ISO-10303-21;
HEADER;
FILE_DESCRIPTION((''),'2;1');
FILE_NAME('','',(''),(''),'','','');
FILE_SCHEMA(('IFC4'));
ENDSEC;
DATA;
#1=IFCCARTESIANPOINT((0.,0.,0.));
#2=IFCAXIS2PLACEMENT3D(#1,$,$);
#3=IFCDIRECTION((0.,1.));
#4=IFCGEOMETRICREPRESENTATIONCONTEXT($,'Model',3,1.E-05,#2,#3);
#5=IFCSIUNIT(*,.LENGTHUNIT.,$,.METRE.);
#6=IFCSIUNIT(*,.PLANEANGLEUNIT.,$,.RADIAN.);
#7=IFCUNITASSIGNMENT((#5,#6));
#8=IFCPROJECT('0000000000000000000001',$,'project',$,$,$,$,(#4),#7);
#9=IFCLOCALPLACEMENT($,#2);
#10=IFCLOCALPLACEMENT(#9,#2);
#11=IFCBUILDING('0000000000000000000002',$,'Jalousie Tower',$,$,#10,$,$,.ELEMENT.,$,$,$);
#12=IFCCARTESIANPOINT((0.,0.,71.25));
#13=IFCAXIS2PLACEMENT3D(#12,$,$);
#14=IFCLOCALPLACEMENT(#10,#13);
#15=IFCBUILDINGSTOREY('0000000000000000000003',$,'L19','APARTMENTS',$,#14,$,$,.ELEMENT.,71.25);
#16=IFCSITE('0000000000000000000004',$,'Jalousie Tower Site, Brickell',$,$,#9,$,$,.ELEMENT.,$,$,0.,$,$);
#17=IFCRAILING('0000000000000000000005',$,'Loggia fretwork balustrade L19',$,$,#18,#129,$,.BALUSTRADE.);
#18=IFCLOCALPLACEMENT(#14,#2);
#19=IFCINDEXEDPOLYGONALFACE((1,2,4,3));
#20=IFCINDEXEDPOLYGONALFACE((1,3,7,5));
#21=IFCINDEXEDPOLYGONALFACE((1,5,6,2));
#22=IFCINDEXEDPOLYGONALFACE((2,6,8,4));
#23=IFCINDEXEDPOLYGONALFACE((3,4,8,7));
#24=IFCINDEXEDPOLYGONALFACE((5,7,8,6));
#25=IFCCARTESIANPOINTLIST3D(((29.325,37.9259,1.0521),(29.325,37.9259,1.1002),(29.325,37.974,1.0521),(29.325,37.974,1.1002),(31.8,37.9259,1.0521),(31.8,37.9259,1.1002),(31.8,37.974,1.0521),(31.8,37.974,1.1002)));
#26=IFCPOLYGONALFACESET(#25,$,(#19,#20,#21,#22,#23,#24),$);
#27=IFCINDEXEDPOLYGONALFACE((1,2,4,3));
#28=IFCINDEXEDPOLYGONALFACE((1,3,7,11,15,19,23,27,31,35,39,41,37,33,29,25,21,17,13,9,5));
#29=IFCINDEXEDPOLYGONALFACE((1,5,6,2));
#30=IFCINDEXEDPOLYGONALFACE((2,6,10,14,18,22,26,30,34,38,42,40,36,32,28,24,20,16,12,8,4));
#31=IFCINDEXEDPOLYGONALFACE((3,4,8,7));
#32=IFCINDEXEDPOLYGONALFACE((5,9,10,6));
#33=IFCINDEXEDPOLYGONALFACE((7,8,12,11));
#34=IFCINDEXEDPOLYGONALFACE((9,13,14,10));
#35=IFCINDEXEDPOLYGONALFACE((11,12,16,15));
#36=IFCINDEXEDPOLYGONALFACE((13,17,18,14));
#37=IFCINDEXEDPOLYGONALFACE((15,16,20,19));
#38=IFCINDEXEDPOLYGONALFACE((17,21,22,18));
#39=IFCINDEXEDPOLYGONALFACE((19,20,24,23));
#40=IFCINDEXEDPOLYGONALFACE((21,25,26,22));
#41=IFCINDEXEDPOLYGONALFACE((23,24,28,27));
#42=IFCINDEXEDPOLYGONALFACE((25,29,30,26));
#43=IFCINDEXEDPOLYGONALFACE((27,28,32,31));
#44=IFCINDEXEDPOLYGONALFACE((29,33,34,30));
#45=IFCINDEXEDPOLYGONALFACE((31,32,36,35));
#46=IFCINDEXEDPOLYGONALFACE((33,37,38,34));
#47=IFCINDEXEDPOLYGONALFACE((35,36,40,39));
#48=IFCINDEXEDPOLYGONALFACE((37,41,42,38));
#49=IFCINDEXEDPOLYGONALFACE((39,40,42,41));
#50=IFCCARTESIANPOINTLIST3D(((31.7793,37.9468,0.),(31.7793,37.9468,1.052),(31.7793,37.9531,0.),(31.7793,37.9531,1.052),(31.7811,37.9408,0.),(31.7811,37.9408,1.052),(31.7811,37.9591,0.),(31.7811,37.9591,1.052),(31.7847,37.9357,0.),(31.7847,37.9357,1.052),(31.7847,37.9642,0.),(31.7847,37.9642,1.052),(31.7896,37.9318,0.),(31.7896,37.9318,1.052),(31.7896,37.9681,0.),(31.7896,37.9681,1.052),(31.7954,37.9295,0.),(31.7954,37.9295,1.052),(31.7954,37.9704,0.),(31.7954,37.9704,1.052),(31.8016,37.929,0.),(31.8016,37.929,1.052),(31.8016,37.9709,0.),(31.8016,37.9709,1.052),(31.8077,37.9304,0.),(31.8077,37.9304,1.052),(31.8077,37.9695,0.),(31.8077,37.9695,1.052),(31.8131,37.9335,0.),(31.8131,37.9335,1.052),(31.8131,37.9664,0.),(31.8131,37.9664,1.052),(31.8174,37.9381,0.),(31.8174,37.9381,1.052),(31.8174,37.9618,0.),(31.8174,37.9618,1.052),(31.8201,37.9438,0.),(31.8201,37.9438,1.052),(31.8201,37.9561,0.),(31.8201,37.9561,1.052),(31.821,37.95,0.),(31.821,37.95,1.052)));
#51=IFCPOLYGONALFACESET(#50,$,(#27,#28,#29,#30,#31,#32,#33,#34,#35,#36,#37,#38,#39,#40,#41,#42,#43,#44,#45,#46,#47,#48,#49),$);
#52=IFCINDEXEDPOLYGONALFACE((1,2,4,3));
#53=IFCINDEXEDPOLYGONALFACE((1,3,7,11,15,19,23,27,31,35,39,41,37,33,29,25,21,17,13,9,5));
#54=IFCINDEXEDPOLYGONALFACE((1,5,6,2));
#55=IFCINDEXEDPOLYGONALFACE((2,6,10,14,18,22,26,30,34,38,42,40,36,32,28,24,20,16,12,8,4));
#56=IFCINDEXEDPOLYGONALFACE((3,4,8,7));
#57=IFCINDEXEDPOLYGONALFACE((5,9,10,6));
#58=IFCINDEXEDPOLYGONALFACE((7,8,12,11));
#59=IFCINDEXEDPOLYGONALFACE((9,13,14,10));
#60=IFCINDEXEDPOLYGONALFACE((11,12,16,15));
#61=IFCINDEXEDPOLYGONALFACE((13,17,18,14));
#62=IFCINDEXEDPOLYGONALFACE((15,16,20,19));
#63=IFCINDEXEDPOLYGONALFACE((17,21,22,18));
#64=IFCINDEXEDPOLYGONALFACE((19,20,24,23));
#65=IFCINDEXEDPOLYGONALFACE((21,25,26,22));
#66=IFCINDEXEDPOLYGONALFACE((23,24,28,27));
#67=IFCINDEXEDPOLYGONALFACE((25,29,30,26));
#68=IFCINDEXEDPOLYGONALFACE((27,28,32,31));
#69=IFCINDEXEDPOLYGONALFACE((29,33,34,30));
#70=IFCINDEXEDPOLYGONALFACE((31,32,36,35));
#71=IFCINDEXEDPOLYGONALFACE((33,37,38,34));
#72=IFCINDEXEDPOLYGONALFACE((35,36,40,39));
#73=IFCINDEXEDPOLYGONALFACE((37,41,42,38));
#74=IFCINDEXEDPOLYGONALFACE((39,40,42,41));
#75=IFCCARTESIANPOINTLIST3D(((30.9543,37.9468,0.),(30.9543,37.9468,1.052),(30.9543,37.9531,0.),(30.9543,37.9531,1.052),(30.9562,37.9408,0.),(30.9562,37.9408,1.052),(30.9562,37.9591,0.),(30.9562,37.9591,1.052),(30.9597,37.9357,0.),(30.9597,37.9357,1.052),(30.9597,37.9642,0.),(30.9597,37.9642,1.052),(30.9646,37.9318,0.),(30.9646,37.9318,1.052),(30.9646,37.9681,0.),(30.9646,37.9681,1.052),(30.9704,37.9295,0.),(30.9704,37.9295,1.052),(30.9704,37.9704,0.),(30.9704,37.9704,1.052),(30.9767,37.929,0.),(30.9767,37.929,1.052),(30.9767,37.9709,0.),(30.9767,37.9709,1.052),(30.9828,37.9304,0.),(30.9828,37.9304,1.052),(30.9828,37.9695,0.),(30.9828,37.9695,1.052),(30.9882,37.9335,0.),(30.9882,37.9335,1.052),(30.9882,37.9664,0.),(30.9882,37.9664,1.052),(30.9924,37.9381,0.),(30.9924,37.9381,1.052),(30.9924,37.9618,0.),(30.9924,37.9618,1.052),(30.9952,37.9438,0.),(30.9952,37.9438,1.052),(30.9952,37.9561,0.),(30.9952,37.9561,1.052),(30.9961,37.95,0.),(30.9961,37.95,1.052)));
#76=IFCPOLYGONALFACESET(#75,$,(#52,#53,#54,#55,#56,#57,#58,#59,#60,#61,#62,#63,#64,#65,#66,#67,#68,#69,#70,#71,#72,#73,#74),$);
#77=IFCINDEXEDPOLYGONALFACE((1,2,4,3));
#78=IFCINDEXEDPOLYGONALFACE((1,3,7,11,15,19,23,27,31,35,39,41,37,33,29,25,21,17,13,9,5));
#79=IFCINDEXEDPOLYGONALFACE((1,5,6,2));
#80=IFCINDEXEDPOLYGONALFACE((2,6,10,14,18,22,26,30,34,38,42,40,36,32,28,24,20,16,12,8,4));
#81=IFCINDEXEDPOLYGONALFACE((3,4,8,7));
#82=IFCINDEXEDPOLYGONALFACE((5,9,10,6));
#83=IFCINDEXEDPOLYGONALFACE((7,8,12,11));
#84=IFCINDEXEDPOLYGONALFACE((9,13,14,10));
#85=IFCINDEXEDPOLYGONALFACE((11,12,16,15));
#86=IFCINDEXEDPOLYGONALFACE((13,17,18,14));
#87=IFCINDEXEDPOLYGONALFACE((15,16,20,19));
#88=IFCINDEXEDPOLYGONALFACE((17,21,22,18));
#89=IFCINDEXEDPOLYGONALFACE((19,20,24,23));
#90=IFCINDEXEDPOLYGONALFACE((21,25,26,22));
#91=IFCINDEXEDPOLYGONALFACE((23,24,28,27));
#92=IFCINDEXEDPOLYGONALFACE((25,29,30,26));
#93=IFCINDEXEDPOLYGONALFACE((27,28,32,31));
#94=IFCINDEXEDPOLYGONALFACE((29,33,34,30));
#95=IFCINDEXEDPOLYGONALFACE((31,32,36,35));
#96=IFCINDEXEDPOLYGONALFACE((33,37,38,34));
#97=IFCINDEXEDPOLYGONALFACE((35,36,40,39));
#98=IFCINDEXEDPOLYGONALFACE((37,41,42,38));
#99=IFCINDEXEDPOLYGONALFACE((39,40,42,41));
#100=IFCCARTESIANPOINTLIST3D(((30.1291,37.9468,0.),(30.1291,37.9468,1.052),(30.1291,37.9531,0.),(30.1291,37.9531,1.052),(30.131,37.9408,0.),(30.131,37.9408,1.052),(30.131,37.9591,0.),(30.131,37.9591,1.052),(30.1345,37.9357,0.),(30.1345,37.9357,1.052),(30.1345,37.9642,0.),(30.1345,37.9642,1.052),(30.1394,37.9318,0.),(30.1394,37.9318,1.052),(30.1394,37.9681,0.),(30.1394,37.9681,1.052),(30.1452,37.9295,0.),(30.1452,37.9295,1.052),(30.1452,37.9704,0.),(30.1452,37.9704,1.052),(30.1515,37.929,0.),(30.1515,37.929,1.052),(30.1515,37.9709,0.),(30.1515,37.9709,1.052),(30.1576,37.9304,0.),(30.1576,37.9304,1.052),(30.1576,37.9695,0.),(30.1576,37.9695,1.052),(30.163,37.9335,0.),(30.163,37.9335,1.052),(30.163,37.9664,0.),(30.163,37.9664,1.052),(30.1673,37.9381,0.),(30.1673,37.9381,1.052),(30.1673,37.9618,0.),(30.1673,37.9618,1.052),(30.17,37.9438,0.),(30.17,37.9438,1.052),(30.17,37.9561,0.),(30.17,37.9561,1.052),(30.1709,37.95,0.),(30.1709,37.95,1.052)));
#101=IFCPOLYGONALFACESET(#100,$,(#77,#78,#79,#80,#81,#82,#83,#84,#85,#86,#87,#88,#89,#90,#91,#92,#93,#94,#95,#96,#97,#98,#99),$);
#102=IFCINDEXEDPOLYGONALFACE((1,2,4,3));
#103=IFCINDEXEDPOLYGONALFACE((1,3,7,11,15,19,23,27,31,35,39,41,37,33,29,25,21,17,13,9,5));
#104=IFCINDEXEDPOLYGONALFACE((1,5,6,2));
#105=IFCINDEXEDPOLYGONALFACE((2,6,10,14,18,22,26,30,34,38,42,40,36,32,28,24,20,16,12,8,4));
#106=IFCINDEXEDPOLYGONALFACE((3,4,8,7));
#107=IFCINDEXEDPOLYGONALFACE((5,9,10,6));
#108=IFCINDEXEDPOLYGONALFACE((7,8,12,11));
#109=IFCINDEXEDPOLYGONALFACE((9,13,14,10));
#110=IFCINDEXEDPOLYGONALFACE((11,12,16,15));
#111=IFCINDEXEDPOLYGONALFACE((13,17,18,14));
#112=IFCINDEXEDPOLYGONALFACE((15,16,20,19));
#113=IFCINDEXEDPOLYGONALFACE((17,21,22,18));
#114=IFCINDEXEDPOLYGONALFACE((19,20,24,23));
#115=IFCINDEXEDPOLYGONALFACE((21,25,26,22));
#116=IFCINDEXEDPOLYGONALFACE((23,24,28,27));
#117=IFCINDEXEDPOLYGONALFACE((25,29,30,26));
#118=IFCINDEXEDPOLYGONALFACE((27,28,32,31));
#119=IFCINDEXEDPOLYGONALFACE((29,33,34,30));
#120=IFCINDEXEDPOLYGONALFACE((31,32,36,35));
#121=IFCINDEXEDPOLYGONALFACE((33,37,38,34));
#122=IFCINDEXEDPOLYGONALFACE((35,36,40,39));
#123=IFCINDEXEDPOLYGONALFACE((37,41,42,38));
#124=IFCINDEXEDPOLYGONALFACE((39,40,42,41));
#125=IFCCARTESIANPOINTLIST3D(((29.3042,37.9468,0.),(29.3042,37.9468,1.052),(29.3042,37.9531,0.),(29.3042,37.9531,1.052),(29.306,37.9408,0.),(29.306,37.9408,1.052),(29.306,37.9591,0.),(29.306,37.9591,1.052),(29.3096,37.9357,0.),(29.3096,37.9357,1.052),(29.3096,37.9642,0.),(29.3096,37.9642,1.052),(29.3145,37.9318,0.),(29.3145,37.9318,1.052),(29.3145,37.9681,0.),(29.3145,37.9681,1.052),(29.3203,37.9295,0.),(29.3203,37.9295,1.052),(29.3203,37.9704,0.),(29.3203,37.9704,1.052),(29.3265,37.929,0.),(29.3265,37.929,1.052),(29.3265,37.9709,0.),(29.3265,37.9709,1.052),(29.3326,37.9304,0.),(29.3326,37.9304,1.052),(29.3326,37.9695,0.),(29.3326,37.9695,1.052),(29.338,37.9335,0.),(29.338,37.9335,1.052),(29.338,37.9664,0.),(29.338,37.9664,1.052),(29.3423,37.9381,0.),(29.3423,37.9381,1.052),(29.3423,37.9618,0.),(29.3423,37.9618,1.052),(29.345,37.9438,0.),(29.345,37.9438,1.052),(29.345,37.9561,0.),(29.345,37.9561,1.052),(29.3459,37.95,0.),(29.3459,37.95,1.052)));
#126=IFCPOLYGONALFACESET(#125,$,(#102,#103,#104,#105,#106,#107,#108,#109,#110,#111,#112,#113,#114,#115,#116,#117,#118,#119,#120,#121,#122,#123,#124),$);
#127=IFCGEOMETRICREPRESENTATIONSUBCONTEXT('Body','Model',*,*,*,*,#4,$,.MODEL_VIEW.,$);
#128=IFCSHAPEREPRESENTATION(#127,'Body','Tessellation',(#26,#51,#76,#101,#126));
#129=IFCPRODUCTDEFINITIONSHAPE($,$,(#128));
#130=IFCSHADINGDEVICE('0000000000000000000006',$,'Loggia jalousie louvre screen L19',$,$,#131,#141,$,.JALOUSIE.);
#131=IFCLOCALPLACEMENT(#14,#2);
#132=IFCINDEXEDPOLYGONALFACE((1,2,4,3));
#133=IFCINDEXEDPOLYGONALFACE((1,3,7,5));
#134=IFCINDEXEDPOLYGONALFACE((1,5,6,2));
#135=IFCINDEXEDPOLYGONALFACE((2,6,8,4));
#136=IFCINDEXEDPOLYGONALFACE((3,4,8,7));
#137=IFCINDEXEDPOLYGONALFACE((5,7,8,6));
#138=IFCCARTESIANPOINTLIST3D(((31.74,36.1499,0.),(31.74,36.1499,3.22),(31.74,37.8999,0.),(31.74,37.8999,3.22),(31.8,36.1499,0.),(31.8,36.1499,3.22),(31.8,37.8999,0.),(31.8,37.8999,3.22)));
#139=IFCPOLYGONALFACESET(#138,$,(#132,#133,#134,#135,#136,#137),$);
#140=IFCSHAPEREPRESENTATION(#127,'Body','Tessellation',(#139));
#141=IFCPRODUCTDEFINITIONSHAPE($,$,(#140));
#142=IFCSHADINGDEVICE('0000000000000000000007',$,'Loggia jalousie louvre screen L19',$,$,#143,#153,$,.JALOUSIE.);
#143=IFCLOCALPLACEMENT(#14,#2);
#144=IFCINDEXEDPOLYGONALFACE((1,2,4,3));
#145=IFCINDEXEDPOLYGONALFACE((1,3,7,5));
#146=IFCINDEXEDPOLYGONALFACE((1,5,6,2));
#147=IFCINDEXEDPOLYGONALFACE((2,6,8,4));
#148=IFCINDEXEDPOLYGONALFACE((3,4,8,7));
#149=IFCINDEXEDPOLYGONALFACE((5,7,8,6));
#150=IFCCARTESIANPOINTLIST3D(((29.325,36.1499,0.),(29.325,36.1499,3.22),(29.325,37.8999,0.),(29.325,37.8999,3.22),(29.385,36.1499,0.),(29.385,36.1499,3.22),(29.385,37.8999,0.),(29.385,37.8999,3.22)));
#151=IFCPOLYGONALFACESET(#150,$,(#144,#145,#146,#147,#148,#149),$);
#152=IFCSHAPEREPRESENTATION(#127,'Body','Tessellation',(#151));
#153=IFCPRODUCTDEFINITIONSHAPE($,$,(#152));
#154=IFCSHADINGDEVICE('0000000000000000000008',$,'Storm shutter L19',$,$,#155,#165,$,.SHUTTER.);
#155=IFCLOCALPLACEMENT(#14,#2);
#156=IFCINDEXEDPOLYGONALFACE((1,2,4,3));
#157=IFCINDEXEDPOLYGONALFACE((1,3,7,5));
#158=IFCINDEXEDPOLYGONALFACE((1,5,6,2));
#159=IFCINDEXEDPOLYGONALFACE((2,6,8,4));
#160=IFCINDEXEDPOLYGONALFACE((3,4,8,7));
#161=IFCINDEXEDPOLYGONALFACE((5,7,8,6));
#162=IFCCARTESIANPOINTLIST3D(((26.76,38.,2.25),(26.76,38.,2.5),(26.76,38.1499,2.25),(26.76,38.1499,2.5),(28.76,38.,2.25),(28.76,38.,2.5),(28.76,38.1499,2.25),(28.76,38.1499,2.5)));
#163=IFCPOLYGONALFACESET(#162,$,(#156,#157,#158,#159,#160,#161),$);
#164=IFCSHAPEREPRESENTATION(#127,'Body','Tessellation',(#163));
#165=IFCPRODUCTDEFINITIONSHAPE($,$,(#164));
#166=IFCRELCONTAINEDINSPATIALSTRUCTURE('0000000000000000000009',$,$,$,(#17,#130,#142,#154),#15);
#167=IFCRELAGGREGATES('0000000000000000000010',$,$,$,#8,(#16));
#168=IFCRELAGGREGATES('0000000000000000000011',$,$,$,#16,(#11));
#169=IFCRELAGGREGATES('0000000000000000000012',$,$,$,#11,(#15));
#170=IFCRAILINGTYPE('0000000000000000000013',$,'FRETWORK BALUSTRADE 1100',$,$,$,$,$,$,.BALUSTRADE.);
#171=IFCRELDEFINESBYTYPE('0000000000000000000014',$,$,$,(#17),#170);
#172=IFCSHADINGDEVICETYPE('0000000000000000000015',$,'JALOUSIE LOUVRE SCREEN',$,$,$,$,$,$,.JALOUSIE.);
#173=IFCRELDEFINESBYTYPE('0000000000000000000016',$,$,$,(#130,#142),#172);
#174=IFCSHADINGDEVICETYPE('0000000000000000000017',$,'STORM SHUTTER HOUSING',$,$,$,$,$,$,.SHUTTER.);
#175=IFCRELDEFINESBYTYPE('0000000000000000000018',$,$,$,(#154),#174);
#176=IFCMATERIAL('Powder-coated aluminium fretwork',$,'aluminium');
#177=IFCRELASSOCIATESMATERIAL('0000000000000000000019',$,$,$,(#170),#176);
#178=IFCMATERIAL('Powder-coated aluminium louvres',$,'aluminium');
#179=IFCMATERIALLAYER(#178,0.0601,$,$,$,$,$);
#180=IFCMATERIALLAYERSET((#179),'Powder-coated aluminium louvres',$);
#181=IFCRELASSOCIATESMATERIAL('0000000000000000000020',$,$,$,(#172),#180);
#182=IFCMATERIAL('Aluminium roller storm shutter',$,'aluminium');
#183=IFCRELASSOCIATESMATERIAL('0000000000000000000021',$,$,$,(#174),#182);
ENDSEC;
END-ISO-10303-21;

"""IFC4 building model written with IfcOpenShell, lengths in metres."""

from ifc_helpers import new_model, si_unit, direction, frame, origin, origin_2d, place, context, subcontext, project, spatial, rectangle, circle, extrude, material, layer, layer_set, type_object, element, save


model = new_model("IFC4")

# Units and contexts
model_context = context("Model", 3, precision=1e-05, world=origin(), true_north=direction((0.0, 1.0)))
body_context = subcontext(model_context, "Body", "Model", "MODEL_VIEW")
ifc_project = project(units=[si_unit("LENGTHUNIT", "METRE"), si_unit("PLANEANGLEUNIT", "RADIAN")], contexts=[model_context])

# Site, building, storey
site_placement = place(None, origin())
site = spatial("IfcSite", under=ifc_project, at=site_placement, Name="Jalousie Tower Site, Brickell", CompositionType="ELEMENT", RefElevation=0.0)
building_placement = place(site_placement, origin())
building = spatial("IfcBuilding", under=site, at=building_placement, Name="Jalousie Tower", CompositionType="ELEMENT")
storey_placement = place(building_placement, frame((0.0, 0.0, 71.25)))
storey = spatial("IfcBuildingStorey", under=building, at=storey_placement, Name="L19", Description="APARTMENTS", CompositionType="ELEMENT", Elevation=71.25)

# Railing
ifc_material_1 = material(Name="Powder-coated aluminium fretwork", Category="aluminium")
railing_type = type_object("IfcRailingType", Name="FRETWORK BALUSTRADE 1100", PredefinedType="BALUSTRADE", material=ifc_material_1)
railing_placement = place(storey_placement, frame((31.8, 37.95, 0.0)))
element("IfcRailing", 1, at=railing_placement, inside=storey, type_object=railing_type, Name="Loggia fretwork balustrade L19", PredefinedType="BALUSTRADE", context=body_context, shape_type="SweptSolid", body=[
    extrude(rectangle(XDim=0.0481, YDim=0.0481, at=origin_2d()), frame((0.0, 0.0, 1.0762), z_axis=(-1.0, 0.0, 0.0), x_axis=(0.0, -1.0, 0.0)), (0.0, 0.0, 1.0), 2.4751),
    extrude(circle(Radius=0.021, at=origin_2d()), origin(), (0.0, 0.0, 1.0), 1.052),
    extrude(circle(Radius=0.021, at=origin_2d()), frame((-0.825, 0.0, 0.0)), (0.0, 0.0, 1.0), 1.052),
    extrude(circle(Radius=0.021, at=origin_2d()), frame((-1.6501, 0.0, 0.0)), (0.0, 0.0, 1.0), 1.052),
    extrude(circle(Radius=0.021, at=origin_2d()), frame((-2.4751, 0.0, 0.0)), (0.0, 0.0, 1.0), 1.052),
])

# Shading devices
ifc_material_2 = material(Name="Powder-coated aluminium louvres", Category="aluminium")
ifc_layer_1 = layer(ifc_material_2, 0.0601)
ifc_layer_set_1 = layer_set([ifc_layer_1], Name="Powder-coated aluminium louvres")
shading_device_type_1 = type_object("IfcShadingDeviceType", Name="JALOUSIE LOUVRE SCREEN", PredefinedType="JALOUSIE", material=ifc_layer_set_1)
for number, where, z_axis, x_axis, name in (
    (2, (31.77, 37.0249, 0.0), (0.0, 0.0, 1.0), (-1.0, 0.0, 0.0), "Loggia jalousie louvre screen L19"),
    (3, (29.355, 37.0249, 0.0), (0.0, 0.0, 1.0), (-1.0, 0.0, 0.0), "Loggia jalousie louvre screen L19"),
):
    element("IfcShadingDevice", number, at=place(storey_placement, frame(where, z_axis=z_axis, x_axis=x_axis)), inside=storey, type_object=shading_device_type_1, Name=name, PredefinedType="JALOUSIE", context=body_context, shape_type="SweptSolid", body=[
        extrude(rectangle(XDim=0.0601, YDim=1.75, at=origin_2d()), origin(), (0.0, 0.0, 1.0), 3.22),
    ])
ifc_material_3 = material(Name="Aluminium roller storm shutter", Category="aluminium")
shading_device_type_2 = type_object("IfcShadingDeviceType", Name="STORM SHUTTER HOUSING", PredefinedType="SHUTTER", material=ifc_material_3)
shading_device_placement = place(storey_placement, frame((27.76, 38.075, 2.25), z_axis=(0.0, 0.0, 1.0), x_axis=(-1.0, 0.0, 0.0)))
element("IfcShadingDevice", 4, at=shading_device_placement, inside=storey, type_object=shading_device_type_2, Name="Storm shutter L19", PredefinedType="SHUTTER", context=body_context, shape_type="SweptSolid", body=[
    extrude(rectangle(XDim=2.0, YDim=0.1499, at=origin_2d()), origin(), (0.0, 0.0, 1.0), 0.25),
])

save(model, "model.ifc")
